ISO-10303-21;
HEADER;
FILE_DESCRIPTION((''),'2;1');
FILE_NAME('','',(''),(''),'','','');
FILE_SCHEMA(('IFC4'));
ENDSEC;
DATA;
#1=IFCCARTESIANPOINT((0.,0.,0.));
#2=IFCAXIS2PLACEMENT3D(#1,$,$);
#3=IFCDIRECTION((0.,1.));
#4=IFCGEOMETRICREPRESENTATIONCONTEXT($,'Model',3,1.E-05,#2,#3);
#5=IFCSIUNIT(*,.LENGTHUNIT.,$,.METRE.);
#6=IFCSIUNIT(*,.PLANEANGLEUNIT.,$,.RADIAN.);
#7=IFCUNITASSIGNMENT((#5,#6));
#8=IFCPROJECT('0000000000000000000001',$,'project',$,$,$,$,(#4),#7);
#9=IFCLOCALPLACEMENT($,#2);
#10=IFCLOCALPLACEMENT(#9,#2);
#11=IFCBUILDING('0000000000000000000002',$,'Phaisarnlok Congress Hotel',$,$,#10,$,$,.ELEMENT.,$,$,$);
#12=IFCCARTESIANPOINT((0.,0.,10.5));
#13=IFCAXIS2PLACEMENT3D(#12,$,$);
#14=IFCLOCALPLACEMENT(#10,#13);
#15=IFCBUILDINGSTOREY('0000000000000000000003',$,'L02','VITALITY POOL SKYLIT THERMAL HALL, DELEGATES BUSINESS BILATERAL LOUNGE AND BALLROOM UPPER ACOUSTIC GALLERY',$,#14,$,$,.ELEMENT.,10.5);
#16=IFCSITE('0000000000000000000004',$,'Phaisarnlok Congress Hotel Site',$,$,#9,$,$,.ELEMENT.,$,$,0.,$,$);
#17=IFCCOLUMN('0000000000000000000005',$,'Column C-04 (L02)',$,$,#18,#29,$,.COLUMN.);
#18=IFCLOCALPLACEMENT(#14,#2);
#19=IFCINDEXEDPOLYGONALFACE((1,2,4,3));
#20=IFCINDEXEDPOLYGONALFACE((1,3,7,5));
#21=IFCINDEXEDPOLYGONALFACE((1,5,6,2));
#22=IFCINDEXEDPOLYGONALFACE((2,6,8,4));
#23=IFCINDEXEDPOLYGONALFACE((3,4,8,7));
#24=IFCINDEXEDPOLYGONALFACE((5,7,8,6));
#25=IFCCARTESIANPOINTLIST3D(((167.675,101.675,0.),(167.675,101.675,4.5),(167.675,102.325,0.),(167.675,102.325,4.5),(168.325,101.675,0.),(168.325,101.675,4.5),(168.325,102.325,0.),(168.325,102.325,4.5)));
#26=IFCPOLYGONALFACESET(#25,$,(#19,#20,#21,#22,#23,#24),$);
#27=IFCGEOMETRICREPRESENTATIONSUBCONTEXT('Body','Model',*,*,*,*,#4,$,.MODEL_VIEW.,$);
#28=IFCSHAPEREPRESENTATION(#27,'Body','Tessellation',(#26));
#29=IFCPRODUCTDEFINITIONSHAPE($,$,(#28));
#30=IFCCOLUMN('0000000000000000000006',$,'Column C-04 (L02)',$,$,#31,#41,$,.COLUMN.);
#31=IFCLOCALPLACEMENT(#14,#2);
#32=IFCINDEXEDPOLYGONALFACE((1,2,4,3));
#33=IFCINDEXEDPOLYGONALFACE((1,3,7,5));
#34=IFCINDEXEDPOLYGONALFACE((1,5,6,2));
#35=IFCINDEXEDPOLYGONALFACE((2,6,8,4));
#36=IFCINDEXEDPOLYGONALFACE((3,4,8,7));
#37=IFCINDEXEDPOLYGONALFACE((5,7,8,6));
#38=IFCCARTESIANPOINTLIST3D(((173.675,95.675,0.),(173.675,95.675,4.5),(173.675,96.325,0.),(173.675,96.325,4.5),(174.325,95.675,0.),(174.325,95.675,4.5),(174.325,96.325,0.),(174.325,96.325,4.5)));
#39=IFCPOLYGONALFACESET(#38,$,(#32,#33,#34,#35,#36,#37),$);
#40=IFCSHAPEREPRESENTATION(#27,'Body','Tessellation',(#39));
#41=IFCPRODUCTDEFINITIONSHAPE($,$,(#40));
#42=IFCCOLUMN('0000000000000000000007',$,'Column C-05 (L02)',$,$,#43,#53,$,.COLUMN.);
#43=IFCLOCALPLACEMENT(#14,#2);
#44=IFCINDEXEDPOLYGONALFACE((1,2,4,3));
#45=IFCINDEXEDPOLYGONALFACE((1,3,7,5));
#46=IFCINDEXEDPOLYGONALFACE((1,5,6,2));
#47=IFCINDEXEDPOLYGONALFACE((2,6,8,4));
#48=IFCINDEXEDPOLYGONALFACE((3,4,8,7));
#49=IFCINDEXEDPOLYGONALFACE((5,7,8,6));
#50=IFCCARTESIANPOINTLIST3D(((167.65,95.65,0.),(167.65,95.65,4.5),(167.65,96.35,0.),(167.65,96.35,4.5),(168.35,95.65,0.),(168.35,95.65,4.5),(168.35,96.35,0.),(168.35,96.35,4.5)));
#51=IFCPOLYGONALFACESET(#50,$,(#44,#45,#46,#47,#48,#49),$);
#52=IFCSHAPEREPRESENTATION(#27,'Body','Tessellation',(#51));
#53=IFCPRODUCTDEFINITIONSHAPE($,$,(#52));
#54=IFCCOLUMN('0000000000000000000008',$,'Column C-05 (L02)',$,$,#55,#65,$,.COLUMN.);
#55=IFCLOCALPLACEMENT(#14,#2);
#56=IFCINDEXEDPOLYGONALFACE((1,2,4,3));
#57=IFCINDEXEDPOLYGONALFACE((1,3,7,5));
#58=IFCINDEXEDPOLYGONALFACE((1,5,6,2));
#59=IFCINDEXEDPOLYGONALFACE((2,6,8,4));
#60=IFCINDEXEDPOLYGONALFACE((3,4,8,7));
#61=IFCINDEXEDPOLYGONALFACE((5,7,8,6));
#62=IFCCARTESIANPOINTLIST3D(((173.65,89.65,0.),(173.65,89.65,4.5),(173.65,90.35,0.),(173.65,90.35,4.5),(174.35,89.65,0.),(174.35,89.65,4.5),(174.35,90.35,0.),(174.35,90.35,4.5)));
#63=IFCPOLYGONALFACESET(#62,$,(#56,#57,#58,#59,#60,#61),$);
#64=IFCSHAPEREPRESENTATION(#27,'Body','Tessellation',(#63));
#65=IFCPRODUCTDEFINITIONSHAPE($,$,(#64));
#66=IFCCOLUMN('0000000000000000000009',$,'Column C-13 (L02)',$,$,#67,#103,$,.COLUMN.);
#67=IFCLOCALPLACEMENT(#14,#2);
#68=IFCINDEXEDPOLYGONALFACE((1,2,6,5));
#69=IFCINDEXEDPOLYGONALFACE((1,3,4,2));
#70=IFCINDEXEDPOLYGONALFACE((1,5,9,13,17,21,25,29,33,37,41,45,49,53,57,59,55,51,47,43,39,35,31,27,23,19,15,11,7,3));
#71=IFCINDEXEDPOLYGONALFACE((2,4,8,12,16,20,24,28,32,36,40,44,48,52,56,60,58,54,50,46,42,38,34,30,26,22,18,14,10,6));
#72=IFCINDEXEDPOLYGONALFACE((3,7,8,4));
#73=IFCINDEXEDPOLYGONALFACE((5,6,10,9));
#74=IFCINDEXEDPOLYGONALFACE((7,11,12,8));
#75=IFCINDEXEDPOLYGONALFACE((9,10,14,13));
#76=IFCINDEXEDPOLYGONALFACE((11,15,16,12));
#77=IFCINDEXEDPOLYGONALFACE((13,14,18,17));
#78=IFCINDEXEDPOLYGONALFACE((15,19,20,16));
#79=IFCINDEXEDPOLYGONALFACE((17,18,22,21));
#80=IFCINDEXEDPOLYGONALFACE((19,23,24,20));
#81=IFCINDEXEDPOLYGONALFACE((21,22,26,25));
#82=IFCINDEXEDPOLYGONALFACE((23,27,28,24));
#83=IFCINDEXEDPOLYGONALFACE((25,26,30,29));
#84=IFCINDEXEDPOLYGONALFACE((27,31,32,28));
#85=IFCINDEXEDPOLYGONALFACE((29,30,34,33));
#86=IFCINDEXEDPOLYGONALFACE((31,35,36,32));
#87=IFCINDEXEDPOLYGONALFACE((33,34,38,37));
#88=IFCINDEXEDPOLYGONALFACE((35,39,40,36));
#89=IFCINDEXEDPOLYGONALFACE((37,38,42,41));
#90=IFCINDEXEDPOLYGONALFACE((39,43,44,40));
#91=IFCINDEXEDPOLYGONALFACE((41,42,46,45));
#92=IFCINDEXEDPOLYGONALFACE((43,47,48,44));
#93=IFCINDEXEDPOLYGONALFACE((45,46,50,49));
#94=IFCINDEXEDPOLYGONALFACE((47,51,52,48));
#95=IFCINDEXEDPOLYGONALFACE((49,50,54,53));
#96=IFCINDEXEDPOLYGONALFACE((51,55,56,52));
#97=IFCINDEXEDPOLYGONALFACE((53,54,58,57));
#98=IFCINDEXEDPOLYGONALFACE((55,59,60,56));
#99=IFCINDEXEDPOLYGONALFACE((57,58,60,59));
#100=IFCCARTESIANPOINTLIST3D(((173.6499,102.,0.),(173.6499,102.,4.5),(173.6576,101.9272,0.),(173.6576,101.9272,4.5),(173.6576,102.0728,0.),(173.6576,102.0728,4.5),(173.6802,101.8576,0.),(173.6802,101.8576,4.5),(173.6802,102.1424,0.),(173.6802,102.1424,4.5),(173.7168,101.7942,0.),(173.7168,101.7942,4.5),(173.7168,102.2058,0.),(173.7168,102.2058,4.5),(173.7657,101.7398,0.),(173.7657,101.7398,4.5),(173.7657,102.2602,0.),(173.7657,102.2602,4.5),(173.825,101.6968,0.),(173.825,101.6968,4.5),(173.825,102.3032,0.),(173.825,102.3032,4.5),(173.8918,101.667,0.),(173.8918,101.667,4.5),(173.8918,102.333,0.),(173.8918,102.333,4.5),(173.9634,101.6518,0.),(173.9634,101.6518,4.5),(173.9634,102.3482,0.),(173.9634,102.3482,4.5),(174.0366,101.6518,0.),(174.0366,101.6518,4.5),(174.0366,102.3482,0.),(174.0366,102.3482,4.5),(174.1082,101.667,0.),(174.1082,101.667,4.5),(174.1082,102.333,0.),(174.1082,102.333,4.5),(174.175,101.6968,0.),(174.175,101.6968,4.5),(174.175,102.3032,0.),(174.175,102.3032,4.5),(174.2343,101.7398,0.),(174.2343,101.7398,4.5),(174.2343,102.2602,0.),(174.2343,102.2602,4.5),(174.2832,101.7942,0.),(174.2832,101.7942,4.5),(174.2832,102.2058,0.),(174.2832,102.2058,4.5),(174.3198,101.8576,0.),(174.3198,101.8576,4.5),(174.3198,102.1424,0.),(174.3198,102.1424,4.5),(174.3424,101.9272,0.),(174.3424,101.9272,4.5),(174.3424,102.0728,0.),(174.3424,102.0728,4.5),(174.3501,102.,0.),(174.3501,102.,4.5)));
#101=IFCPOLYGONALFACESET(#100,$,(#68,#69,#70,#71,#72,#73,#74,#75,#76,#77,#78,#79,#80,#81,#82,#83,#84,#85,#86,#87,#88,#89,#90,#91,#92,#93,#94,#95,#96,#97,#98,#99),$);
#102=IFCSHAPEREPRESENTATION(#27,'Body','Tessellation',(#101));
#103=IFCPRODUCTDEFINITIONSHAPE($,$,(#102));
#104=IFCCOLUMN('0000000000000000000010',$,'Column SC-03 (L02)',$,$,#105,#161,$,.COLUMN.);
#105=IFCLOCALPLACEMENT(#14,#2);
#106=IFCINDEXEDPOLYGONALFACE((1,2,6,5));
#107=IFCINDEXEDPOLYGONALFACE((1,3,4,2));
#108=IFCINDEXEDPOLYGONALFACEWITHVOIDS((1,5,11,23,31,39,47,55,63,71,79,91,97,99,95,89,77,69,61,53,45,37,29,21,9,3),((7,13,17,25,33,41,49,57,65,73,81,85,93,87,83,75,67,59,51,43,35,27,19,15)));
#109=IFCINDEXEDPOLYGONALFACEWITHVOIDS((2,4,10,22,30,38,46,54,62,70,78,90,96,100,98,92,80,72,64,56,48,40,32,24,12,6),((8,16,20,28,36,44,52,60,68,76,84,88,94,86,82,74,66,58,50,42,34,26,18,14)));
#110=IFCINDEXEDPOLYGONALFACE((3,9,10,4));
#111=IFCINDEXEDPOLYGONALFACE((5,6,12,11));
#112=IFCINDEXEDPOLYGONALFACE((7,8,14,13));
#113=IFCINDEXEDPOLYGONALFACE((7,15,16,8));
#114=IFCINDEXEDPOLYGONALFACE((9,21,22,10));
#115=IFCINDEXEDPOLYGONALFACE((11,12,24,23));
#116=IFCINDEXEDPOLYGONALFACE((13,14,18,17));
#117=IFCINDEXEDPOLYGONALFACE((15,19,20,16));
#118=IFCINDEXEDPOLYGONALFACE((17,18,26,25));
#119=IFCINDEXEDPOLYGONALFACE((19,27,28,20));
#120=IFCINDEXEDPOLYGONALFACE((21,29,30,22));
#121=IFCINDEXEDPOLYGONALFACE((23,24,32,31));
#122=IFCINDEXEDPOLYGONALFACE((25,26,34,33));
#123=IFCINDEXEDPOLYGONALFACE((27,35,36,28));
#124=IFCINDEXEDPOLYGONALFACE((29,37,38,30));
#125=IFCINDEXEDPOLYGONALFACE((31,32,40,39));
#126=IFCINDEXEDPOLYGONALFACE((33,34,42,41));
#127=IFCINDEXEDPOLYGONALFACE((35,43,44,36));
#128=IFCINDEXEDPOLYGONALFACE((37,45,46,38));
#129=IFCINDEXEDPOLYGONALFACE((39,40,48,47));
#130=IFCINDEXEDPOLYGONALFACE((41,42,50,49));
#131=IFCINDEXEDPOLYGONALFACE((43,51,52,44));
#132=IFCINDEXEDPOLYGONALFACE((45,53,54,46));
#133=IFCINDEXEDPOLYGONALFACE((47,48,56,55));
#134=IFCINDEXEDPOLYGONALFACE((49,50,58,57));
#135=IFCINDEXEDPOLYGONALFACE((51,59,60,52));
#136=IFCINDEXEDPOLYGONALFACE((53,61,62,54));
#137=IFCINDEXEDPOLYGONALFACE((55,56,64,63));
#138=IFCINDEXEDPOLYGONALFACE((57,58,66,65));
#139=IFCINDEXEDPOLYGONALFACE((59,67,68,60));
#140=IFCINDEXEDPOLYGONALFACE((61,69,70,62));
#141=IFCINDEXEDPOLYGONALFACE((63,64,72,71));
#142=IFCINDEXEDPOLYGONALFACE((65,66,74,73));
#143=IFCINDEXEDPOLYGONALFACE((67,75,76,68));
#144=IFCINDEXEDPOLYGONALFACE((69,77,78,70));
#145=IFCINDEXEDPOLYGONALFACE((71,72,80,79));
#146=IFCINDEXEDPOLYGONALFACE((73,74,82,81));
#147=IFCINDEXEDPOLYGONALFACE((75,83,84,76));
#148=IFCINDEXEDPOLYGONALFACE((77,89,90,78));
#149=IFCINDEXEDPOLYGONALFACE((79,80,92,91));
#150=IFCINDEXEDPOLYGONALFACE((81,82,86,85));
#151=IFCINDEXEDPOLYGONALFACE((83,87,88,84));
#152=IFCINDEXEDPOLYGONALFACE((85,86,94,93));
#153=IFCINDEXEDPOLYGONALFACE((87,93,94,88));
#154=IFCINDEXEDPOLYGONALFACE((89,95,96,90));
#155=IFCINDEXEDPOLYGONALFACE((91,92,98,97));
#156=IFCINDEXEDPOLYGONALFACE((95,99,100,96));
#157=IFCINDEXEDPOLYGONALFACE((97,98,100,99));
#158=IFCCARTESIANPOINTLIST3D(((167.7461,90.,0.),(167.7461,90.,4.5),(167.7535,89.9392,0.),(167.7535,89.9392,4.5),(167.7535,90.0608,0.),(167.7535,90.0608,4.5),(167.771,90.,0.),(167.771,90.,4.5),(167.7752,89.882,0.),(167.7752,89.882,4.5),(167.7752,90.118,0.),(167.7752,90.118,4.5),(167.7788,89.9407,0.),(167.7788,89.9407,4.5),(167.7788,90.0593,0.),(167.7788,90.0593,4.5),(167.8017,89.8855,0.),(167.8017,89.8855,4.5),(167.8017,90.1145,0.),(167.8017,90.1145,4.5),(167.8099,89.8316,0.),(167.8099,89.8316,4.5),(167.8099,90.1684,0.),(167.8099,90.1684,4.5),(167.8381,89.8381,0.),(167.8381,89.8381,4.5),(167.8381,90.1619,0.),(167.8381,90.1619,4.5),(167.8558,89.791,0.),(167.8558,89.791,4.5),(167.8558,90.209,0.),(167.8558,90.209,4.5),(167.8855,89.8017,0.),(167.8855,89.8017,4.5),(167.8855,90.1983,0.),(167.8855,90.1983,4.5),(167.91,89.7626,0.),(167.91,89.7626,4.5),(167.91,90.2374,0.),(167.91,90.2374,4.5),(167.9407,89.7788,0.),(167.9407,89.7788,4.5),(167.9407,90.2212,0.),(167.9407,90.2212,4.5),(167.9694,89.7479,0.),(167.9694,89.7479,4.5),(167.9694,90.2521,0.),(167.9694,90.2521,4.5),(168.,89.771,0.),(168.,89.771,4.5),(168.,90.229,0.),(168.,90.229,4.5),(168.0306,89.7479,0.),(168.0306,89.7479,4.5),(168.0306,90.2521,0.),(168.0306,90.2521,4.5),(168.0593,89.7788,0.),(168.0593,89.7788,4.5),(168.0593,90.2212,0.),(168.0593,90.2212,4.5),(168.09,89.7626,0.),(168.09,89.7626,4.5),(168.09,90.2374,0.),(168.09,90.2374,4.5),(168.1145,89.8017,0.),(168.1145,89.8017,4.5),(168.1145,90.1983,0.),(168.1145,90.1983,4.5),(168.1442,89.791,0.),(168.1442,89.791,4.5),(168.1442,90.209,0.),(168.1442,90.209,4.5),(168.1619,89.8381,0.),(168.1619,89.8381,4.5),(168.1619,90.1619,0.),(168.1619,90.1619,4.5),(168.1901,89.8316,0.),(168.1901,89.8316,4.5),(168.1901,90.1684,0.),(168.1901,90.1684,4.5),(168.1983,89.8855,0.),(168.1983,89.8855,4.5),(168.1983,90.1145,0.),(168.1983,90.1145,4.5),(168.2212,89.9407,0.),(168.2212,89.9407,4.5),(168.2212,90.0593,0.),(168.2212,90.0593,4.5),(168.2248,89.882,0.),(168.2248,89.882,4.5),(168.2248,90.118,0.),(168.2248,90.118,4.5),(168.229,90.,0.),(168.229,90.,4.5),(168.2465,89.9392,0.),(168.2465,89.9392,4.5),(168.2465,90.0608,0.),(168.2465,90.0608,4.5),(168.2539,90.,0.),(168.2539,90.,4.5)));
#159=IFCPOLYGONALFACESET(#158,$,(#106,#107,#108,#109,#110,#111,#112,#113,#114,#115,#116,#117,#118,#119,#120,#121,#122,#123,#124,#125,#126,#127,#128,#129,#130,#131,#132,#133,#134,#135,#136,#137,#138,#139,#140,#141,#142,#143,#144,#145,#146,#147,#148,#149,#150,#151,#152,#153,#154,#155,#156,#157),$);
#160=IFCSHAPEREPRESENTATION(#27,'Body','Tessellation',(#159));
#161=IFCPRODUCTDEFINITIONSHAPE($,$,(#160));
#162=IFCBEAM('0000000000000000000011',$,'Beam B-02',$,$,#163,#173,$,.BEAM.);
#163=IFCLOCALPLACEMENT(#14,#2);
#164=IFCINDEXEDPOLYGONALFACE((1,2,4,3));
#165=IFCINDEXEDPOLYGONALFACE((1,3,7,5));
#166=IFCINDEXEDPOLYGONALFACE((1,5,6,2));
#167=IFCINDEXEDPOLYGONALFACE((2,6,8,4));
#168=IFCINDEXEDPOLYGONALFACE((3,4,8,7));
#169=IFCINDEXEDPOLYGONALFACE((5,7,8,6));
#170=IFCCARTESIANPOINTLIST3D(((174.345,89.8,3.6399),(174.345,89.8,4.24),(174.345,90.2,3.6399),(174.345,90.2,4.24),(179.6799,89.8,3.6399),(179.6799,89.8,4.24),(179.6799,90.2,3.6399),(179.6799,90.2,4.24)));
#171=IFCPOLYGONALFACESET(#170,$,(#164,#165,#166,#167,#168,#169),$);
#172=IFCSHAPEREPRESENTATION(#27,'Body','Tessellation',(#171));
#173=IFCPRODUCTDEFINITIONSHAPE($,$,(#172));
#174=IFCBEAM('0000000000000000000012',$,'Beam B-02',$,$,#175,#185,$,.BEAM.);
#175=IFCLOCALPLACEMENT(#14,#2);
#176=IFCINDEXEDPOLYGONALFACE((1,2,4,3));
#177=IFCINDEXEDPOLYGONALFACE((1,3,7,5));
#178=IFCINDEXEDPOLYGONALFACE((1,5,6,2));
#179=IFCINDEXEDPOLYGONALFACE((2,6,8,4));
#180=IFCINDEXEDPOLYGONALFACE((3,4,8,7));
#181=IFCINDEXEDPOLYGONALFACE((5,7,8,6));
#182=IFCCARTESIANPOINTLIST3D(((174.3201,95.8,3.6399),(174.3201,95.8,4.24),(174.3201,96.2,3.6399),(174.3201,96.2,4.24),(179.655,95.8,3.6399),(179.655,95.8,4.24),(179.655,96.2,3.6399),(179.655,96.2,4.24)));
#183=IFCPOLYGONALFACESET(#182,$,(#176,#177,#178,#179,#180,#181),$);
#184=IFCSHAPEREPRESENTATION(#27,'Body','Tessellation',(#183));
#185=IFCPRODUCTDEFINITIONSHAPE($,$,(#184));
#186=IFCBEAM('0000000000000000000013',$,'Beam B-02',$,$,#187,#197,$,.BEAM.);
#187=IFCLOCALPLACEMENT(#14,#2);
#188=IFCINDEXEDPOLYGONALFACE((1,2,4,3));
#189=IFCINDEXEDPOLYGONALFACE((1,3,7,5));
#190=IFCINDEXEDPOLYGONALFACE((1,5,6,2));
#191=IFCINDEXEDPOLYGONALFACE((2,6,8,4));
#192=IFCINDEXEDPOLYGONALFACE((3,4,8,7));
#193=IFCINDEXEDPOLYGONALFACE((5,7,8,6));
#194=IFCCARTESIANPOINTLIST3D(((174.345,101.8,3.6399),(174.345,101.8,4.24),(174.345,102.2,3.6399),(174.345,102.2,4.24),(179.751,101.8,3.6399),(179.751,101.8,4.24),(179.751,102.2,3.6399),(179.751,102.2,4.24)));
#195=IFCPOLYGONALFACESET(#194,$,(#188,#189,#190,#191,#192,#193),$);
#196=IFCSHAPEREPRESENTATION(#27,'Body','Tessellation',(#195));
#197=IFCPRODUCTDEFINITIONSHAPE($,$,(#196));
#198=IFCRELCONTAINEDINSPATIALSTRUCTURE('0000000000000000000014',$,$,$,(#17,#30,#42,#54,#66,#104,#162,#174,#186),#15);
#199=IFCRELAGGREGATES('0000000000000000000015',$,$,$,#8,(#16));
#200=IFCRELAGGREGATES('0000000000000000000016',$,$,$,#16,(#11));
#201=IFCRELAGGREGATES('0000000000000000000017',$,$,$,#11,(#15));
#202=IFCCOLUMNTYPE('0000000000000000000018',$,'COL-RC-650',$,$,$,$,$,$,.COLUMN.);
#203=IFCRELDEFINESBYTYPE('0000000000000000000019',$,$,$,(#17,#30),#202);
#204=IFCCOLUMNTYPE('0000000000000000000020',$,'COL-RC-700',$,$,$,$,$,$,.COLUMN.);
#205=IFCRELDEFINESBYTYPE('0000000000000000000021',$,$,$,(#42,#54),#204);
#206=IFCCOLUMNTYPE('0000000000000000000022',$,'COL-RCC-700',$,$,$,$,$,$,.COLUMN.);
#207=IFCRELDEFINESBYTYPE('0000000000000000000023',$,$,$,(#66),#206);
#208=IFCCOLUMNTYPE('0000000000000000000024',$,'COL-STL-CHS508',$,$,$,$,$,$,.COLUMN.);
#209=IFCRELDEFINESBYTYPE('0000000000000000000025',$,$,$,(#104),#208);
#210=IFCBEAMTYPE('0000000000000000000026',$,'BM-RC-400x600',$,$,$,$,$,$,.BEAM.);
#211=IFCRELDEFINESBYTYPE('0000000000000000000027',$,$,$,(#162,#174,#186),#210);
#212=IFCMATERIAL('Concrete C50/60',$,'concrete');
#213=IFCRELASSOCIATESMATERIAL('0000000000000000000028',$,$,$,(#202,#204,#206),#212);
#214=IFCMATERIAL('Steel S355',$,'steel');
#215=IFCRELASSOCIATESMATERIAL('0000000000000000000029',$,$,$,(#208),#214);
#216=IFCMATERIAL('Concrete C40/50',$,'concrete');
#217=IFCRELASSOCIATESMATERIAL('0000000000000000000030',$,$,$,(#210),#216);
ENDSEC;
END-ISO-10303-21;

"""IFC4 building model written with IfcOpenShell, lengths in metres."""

from ifc_helpers import new_model, si_unit, direction, frame, origin, origin_2d, place, context, subcontext, project, spatial, rectangle, circle, hollow_circle, extrude, material, material_profile, profile_set, type_object, element, save


model = new_model("IFC4")

# Units and contexts
model_context = context("Model", 3, precision=1e-05, world=origin(), true_north=direction((0.0, 1.0)))
body_context = subcontext(model_context, "Body", "Model", "MODEL_VIEW")
ifc_project = project(units=[si_unit("LENGTHUNIT", "METRE"), si_unit("PLANEANGLEUNIT", "RADIAN")], contexts=[model_context])

# Site, building, storey
site_placement = place(None, origin())
site = spatial("IfcSite", under=ifc_project, at=site_placement, Name="Phaisarnlok Congress Hotel Site", CompositionType="ELEMENT", RefElevation=0.0)
building_placement = place(site_placement, origin())
building = spatial("IfcBuilding", under=site, at=building_placement, Name="Phaisarnlok Congress Hotel", CompositionType="ELEMENT")
storey_placement = place(building_placement, frame((0.0, 0.0, 10.5)))
storey = spatial("IfcBuildingStorey", under=building, at=storey_placement, Name="L02", Description="VITALITY POOL SKYLIT THERMAL HALL, DELEGATES BUSINESS BILATERAL LOUNGE AND BALLROOM UPPER ACOUSTIC GALLERY", CompositionType="ELEMENT", Elevation=10.5)

# Columns
ifc_material_1 = material(Name="Concrete C50/60", Category="concrete")
ifc_material_profile_1 = material_profile(ifc_material_1, rectangle(XDim=0.6499, YDim=0.6499, at=origin_2d()), Name="RC 650x650")
ifc_profile_set_1 = profile_set([ifc_material_profile_1], Name="Concrete C50/60")
column_type_1 = type_object("IfcColumnType", Name="COL-RC-650", PredefinedType="COLUMN", material=ifc_profile_set_1)
for number, where, z_axis, x_axis, name in (
    (1, (168.0, 102.0, 0.0), (0.0, 0.0, 1.0), (1.0, 0.0, 0.0), "Column C-04 (L02)"),
    (2, (174.0, 96.0, 0.0), (0.0, 0.0, 1.0), (1.0, 0.0, 0.0), "Column C-04 (L02)"),
):
    element("IfcColumn", number, at=place(storey_placement, frame(where, z_axis=z_axis, x_axis=x_axis)), inside=storey, type_object=column_type_1, Name=name, PredefinedType="COLUMN", context=body_context, shape_type="SweptSolid", body=[
        extrude(rectangle(XDim=0.6499, YDim=0.6499, at=origin_2d()), origin(), (0.0, 0.0, 1.0), 4.5),
    ])
ifc_material_profile_2 = material_profile(ifc_material_1, rectangle(XDim=0.7, YDim=0.7, at=origin_2d()), Name="RC 700x700")
ifc_profile_set_2 = profile_set([ifc_material_profile_2], Name="Concrete C50/60")
column_type_2 = type_object("IfcColumnType", Name="COL-RC-700", PredefinedType="COLUMN", material=ifc_profile_set_2)
for number, where, z_axis, x_axis, name in (
    (3, (168.0, 96.0, 0.0), (0.0, 0.0, 1.0), (1.0, 0.0, 0.0), "Column C-05 (L02)"),
    (4, (174.0, 90.0, 0.0), (0.0, 0.0, 1.0), (1.0, 0.0, 0.0), "Column C-05 (L02)"),
):
    element("IfcColumn", number, at=place(storey_placement, frame(where, z_axis=z_axis, x_axis=x_axis)), inside=storey, type_object=column_type_2, Name=name, PredefinedType="COLUMN", context=body_context, shape_type="SweptSolid", body=[
        extrude(rectangle(XDim=0.7, YDim=0.7, at=origin_2d()), origin(), (0.0, 0.0, 1.0), 4.5),
    ])
ifc_material_profile_3 = material_profile(ifc_material_1, circle(Radius=0.3501, at=origin_2d()), Name="RCC D700")
ifc_profile_set_3 = profile_set([ifc_material_profile_3], Name="Concrete C50/60")
column_type_3 = type_object("IfcColumnType", Name="COL-RCC-700", PredefinedType="COLUMN", material=ifc_profile_set_3)
column_1_placement = place(storey_placement, frame((174.0, 102.0, 0.0), z_axis=(0.0, 0.0, 1.0), x_axis=(1.0, 0.0, 0.0)))
element("IfcColumn", 5, at=column_1_placement, inside=storey, type_object=column_type_3, Name="Column C-13 (L02)", PredefinedType="COLUMN", context=body_context, shape_type="SweptSolid", body=[
    extrude(circle(Radius=0.3501, at=origin_2d()), origin(), (0.0, 0.0, 1.0), 4.5),
])
ifc_material_2 = material(Name="Steel S355", Category="steel")
ifc_material_profile_4 = material_profile(ifc_material_2, hollow_circle(Radius=0.2539, WallThickness=0.0249, at=origin_2d()), Name="CHS 508x25")
ifc_profile_set_4 = profile_set([ifc_material_profile_4], Name="Steel S355")
column_type_4 = type_object("IfcColumnType", Name="COL-STL-CHS508", PredefinedType="COLUMN", material=ifc_profile_set_4)
column_2_placement = place(storey_placement, frame((168.0, 90.0, 0.0), z_axis=(0.0, 0.0, 1.0), x_axis=(1.0, 0.0, 0.0)))
element("IfcColumn", 6, at=column_2_placement, inside=storey, type_object=column_type_4, Name="Column SC-03 (L02)", PredefinedType="COLUMN", context=body_context, shape_type="SweptSolid", body=[
    extrude(hollow_circle(Radius=0.2539, WallThickness=0.0249, at=origin_2d()), origin(), (0.0, 0.0, 1.0), 4.5),
])

# Beams
ifc_material_3 = material(Name="Concrete C40/50", Category="concrete")
ifc_material_profile_5 = material_profile(ifc_material_3, rectangle(XDim=0.3999, YDim=0.6001, at=origin_2d()), Name="RC 400x600")
ifc_profile_set_5 = profile_set([ifc_material_profile_5], Name="Concrete C40/50")
beam_type_1 = type_object("IfcBeamType", Name="BM-RC-400x600", PredefinedType="BEAM", material=ifc_profile_set_5)
for number, where, z_axis, x_axis, name in (
    (7, (174.345, 90.0, 3.9399), (1.0, 0.0, 0.0), (0.0, 1.0, 0.0), "Beam B-02"),
    (8, (174.3201, 96.0, 3.9399), (1.0, 0.0, 0.0), (0.0, 1.0, 0.0), "Beam B-02"),
):
    element("IfcBeam", number, at=place(storey_placement, frame(where, z_axis=z_axis, x_axis=x_axis)), inside=storey, type_object=beam_type_1, Name=name, PredefinedType="BEAM", context=body_context, shape_type="SweptSolid", body=[
        extrude(rectangle(XDim=0.3999, YDim=0.6001, at=origin_2d()), origin(), (0.0, 0.0, 1.0), 5.335),
    ])
beam_1_placement = place(storey_placement, frame((174.345, 102.0, 3.9399), z_axis=(1.0, 0.0, 0.0), x_axis=(0.0, 1.0, 0.0)))
element("IfcBeam", 9, at=beam_1_placement, inside=storey, type_object=beam_type_1, Name="Beam B-02", PredefinedType="BEAM", context=body_context, shape_type="SweptSolid", body=[
    extrude(rectangle(XDim=0.3999, YDim=0.6001, at=origin_2d()), origin(), (0.0, 0.0, 1.0), 5.406),
])

save(model, "model.ifc")
